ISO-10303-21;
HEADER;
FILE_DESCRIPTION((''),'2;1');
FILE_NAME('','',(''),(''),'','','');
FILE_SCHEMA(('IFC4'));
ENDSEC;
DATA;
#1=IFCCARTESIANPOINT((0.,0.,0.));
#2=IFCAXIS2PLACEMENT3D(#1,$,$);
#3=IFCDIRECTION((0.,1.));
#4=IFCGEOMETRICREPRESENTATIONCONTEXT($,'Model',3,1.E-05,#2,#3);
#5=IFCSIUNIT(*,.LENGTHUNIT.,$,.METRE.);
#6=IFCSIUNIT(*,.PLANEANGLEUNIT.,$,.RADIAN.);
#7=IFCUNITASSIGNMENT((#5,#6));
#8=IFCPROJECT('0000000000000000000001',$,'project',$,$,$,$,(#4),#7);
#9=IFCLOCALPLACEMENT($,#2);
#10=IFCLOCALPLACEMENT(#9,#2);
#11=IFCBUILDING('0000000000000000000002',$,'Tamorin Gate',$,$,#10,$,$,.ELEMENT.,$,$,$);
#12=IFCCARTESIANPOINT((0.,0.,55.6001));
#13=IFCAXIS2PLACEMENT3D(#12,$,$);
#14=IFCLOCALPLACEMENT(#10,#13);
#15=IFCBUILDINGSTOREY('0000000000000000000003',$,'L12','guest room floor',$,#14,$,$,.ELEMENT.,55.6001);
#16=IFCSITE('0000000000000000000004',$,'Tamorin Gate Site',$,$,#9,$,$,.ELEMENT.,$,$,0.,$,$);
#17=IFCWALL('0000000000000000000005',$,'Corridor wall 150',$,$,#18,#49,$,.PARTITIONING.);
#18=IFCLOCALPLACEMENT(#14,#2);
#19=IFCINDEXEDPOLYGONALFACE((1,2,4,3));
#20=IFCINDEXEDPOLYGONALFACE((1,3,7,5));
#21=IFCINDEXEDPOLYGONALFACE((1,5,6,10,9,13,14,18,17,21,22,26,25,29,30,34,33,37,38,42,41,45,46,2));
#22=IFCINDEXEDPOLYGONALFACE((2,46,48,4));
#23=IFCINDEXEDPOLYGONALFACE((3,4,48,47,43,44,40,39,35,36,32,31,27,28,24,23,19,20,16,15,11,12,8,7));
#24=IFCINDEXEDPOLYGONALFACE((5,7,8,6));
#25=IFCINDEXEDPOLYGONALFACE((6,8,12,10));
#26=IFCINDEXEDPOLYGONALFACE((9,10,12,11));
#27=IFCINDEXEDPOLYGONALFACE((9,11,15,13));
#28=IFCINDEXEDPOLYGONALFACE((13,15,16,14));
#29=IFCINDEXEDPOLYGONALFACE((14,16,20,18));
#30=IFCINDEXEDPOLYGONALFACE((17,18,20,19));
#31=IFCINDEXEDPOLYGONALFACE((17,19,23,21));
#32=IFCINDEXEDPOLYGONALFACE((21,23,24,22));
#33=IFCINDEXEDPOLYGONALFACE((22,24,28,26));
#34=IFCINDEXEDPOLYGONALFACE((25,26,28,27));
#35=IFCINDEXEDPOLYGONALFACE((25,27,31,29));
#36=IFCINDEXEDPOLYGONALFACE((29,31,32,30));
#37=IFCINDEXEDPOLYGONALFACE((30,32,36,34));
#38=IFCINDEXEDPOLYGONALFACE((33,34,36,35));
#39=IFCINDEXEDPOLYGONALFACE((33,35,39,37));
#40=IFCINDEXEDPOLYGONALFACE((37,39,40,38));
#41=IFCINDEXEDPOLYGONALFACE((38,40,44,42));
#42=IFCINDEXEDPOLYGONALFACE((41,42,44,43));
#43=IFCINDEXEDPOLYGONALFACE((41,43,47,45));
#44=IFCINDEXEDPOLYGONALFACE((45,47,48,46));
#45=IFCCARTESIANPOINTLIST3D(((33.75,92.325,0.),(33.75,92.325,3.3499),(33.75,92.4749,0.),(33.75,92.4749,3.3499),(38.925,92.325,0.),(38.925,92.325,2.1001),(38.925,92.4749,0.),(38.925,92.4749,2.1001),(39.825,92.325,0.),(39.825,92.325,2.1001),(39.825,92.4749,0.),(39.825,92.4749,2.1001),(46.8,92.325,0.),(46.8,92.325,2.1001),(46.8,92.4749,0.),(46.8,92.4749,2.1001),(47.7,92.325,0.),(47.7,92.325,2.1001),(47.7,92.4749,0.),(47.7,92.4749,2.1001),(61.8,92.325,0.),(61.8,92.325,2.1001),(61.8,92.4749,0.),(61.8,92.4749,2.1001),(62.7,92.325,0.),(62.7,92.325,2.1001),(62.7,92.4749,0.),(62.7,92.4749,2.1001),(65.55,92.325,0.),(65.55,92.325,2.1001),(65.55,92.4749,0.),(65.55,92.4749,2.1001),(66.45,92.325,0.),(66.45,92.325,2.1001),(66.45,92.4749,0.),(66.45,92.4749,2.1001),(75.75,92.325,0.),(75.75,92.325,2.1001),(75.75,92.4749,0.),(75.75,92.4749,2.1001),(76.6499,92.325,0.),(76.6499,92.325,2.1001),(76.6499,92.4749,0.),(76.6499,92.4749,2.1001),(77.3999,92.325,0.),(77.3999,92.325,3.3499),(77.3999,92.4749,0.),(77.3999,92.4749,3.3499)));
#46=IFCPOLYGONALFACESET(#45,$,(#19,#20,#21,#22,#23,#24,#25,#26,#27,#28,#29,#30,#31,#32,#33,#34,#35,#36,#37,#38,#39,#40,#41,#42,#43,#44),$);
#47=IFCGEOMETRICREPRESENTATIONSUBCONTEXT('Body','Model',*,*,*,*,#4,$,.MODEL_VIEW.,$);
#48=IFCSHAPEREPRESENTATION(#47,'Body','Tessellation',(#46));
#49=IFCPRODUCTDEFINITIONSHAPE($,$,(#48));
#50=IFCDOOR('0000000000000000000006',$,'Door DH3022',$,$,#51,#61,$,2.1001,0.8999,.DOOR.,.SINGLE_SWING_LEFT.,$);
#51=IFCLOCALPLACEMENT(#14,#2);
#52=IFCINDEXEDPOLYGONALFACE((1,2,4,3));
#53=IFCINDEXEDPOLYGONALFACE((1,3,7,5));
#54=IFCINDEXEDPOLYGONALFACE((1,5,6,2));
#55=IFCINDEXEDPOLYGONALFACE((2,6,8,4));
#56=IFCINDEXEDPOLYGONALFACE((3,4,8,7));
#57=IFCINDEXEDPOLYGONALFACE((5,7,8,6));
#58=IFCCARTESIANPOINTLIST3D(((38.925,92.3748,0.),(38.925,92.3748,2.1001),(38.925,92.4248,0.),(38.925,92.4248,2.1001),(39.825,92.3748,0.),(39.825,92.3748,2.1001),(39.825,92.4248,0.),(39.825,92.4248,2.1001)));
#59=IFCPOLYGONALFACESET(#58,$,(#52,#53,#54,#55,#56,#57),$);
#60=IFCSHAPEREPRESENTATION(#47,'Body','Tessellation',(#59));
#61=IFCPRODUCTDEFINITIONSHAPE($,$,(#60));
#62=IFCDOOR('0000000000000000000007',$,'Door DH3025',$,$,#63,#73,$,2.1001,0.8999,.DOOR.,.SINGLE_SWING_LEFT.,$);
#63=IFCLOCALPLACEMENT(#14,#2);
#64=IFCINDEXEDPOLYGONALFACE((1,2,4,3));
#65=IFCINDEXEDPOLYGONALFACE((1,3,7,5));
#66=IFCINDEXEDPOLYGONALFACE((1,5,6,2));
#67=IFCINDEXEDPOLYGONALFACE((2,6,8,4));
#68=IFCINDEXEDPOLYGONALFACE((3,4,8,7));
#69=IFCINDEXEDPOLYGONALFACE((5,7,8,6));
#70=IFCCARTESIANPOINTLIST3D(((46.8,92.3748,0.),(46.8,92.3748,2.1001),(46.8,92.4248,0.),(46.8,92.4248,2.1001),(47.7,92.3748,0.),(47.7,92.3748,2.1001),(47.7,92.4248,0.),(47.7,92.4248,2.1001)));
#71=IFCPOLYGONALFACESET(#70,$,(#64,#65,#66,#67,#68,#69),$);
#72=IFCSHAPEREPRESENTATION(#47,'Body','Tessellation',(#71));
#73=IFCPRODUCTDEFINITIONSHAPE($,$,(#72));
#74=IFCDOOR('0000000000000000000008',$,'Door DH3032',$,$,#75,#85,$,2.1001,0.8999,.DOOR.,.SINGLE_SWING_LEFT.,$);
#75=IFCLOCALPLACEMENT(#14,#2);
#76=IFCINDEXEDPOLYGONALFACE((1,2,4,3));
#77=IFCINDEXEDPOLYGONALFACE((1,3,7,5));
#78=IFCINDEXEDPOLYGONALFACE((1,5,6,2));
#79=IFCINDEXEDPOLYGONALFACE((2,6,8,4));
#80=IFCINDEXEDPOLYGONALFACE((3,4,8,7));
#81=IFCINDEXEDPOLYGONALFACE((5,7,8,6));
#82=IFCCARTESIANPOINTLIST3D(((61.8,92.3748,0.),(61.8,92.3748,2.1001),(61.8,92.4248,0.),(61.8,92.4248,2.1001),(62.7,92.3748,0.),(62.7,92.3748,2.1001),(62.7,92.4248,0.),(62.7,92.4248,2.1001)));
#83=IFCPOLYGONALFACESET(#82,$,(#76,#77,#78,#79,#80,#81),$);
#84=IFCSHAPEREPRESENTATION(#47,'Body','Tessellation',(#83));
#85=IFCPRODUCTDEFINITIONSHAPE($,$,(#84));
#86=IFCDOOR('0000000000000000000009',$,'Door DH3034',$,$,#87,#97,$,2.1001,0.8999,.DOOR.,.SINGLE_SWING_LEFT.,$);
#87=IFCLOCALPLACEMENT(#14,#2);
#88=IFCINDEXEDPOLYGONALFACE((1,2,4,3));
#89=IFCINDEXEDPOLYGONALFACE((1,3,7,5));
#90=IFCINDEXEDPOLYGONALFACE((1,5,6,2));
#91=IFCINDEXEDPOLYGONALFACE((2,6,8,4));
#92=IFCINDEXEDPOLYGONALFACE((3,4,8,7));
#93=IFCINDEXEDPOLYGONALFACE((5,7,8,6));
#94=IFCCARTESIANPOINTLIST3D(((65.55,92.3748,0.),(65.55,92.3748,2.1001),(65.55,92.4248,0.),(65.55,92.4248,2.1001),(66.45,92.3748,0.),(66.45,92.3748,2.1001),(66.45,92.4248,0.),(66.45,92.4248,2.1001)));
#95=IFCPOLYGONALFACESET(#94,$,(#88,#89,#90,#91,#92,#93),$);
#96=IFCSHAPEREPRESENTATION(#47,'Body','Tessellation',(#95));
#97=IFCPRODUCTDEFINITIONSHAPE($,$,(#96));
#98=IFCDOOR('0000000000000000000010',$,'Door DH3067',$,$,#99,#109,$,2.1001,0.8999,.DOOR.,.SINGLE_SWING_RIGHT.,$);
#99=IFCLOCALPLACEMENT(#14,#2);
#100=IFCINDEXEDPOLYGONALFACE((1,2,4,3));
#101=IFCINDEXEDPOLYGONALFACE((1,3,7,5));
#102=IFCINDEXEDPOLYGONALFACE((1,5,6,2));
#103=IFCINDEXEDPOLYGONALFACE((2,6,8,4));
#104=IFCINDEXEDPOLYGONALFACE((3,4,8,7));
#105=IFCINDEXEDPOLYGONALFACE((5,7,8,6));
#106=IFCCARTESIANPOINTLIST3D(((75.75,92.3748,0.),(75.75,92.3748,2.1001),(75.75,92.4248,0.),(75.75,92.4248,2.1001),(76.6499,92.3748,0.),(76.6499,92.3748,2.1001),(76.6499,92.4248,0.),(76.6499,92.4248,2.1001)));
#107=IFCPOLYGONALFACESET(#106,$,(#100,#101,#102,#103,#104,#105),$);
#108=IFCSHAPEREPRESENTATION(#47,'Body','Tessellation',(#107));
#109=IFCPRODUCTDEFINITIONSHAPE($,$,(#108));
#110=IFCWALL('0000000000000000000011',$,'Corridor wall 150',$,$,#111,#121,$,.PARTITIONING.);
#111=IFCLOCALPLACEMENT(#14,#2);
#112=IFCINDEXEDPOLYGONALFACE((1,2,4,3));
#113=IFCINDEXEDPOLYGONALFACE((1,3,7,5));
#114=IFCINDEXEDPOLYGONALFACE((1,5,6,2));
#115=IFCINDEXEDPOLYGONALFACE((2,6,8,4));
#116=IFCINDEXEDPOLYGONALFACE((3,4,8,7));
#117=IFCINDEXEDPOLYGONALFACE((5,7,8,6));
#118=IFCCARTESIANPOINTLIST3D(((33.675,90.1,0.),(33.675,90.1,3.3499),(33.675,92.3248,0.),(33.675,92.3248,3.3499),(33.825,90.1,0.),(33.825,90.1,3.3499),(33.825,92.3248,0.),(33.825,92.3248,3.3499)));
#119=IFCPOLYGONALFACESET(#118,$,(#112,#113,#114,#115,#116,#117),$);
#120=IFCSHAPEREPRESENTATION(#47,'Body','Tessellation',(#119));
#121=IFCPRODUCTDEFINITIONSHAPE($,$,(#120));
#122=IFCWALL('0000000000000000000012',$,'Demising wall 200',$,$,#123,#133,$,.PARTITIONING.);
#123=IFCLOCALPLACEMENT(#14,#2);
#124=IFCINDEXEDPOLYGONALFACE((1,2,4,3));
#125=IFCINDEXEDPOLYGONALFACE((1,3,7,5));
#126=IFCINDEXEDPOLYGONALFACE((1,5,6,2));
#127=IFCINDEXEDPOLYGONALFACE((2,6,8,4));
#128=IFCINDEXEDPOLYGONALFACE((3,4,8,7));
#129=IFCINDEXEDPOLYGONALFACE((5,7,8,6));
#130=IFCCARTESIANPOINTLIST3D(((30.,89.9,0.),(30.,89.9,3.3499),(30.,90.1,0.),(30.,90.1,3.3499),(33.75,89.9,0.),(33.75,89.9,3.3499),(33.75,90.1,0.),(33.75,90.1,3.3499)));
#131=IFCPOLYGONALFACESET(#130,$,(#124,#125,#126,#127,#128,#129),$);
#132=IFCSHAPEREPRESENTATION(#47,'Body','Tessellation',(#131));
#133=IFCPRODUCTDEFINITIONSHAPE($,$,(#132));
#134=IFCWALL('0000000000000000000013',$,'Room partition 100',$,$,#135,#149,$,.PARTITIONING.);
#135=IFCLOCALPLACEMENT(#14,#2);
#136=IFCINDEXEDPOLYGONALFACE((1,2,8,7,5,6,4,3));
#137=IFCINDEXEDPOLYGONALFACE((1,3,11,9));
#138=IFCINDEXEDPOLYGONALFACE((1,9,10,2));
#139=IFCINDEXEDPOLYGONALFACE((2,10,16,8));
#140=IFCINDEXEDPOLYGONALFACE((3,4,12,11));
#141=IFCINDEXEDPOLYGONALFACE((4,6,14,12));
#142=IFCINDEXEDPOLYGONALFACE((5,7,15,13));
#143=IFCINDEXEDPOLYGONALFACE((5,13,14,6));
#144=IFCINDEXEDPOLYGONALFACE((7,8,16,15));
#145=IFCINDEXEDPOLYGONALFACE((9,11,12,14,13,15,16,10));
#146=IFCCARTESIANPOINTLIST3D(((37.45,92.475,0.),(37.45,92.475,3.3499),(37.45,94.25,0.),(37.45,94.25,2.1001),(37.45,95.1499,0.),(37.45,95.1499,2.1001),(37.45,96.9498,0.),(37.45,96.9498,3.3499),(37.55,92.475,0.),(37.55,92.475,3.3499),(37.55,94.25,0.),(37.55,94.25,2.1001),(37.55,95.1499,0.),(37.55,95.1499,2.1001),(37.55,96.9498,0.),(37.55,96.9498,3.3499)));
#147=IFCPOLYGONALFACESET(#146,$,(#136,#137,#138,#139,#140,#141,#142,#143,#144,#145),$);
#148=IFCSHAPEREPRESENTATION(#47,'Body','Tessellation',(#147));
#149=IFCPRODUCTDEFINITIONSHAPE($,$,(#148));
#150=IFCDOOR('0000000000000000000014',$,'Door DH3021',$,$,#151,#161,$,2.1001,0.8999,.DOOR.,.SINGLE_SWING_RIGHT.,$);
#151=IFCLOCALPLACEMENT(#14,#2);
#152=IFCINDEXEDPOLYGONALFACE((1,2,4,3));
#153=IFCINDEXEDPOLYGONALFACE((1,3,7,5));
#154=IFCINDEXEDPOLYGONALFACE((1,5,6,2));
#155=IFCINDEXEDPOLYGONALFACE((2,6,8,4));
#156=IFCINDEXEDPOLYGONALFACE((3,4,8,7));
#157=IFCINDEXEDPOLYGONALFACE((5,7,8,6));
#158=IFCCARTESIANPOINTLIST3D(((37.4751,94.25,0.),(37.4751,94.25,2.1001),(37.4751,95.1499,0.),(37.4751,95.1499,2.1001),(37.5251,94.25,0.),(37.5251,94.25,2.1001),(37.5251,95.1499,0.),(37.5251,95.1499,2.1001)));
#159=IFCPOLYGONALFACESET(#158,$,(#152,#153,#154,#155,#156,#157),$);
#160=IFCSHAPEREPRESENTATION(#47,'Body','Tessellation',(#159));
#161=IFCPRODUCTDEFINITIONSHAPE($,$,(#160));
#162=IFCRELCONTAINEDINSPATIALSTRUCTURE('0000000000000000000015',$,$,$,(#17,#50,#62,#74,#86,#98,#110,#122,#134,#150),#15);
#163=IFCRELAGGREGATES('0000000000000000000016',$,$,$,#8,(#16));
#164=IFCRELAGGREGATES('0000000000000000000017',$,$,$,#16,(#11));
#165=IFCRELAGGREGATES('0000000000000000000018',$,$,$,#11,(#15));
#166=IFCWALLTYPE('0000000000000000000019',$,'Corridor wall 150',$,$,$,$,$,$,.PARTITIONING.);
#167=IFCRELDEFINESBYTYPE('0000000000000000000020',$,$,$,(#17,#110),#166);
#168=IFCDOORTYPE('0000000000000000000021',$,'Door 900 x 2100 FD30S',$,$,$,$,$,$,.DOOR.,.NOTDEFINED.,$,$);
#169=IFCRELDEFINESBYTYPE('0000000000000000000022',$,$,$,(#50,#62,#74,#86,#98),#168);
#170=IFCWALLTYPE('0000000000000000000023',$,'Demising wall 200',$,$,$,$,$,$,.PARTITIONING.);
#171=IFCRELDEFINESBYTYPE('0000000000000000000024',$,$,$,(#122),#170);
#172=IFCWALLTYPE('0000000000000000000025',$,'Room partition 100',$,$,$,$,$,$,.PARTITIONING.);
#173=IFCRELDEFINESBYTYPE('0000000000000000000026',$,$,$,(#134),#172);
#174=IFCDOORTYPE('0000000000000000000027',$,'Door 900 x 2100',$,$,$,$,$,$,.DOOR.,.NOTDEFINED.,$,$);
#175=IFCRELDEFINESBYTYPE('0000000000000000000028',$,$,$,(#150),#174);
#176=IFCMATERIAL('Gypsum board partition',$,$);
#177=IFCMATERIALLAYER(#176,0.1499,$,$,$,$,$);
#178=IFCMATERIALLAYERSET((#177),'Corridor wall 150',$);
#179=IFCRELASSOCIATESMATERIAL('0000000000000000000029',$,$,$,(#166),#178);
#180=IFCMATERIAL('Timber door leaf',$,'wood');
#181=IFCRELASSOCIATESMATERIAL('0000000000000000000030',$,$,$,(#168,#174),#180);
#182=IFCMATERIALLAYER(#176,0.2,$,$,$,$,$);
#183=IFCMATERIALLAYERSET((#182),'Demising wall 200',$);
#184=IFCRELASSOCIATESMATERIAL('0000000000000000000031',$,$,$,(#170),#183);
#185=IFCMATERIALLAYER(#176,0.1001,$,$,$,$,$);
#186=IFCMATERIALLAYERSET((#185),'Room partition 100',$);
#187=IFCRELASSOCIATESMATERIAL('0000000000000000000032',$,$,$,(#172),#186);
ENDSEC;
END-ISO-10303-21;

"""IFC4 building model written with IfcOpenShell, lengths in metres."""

from ifc_helpers import new_model, si_unit, direction, frame, frame_2d, origin, place, context, subcontext, project, spatial, rectangle, extrude, material, layer, layer_set, type_object, element, fill, save


model = new_model("IFC4")

# Units and contexts
model_context = context("Model", 3, precision=1e-05, world=origin(), true_north=direction((0.0, 1.0)))
body_context = subcontext(model_context, "Body", "Model", "MODEL_VIEW")
ifc_project = project(units=[si_unit("LENGTHUNIT", "METRE"), si_unit("PLANEANGLEUNIT", "RADIAN")], contexts=[model_context])

# Site, building, storey
site_placement = place(None, origin())
site = spatial("IfcSite", under=ifc_project, at=site_placement, Name="Tamorin Gate Site", CompositionType="ELEMENT", RefElevation=0.0)
building_placement = place(site_placement, origin())
building = spatial("IfcBuilding", under=site, at=building_placement, Name="Tamorin Gate", CompositionType="ELEMENT")
storey_placement = place(building_placement, frame((0.0, 0.0, 55.6001)))
storey = spatial("IfcBuildingStorey", under=building, at=storey_placement, Name="L12", Description="guest room floor", CompositionType="ELEMENT", Elevation=55.6001)

# Wall, openings, doors
ifc_material_1 = material(Name="Gypsum board partition")
ifc_layer_1 = layer(ifc_material_1, 0.1499)
ifc_layer_set_1 = layer_set([ifc_layer_1], Name="Corridor wall 150")
wall_type_1 = type_object("IfcWallType", Name="Corridor wall 150", PredefinedType="PARTITIONING", material=ifc_layer_set_1)
ifc_material_2 = material(Name="Timber door leaf", Category="wood")
door_type_1 = type_object("IfcDoorType", Name="Door 900 x 2100 FD30S", OperationType="NOTDEFINED", PredefinedType="DOOR", material=ifc_material_2)
wall_1_placement = place(storey_placement, frame((33.75, 92.3999, 0.0), z_axis=(0.0, 0.0, 1.0), x_axis=(1.0, 0.0, 0.0)))
wall_1 = element("IfcWall", 1, at=wall_1_placement, inside=storey, type_object=wall_type_1, Name="Corridor wall 150", PredefinedType="PARTITIONING", context=body_context, shape_type="SweptSolid", body=[
    extrude(rectangle(XDim=43.6499, YDim=0.1499, at=frame_2d((21.825, 0.0))), origin(), (0.0, 0.0, 1.0), 3.3499),
])
opening_1_placement = place(wall_1_placement, frame((5.175, 0.0, 0.0)))
opening_1 = element("IfcOpeningElement", 2, at=opening_1_placement, cuts=wall_1, PredefinedType="OPENING", context=body_context, shape_type="SweptSolid", body=[
    extrude(rectangle(XDim=0.8999, YDim=2.1001, at=frame_2d((0.45, 1.05))), frame((0.0, 0.085, 0.0), z_axis=(0.0, -1.0, 0.0), x_axis=(1.0, 0.0, 0.0)), (0.0, 0.0, 1.0), 0.1699),
])
opening_2_placement = place(wall_1_placement, frame((13.05, 0.0, 0.0)))
opening_2 = element("IfcOpeningElement", 3, at=opening_2_placement, cuts=wall_1, PredefinedType="OPENING", context=body_context, shape_type="SweptSolid", body=[
    extrude(rectangle(XDim=0.8999, YDim=2.1001, at=frame_2d((0.45, 1.05))), frame((0.0, 0.085, 0.0), z_axis=(0.0, -1.0, 0.0), x_axis=(1.0, 0.0, 0.0)), (0.0, 0.0, 1.0), 0.1699),
])
opening_3_placement = place(wall_1_placement, frame((28.05, 0.0, 0.0)))
opening_3 = element("IfcOpeningElement", 4, at=opening_3_placement, cuts=wall_1, PredefinedType="OPENING", context=body_context, shape_type="SweptSolid", body=[
    extrude(rectangle(XDim=0.8999, YDim=2.1001, at=frame_2d((0.45, 1.05))), frame((0.0, 0.085, 0.0), z_axis=(0.0, -1.0, 0.0), x_axis=(1.0, 0.0, 0.0)), (0.0, 0.0, 1.0), 0.1699),
])
opening_4_placement = place(wall_1_placement, frame((31.8, 0.0, 0.0)))
opening_4 = element("IfcOpeningElement", 5, at=opening_4_placement, cuts=wall_1, PredefinedType="OPENING", context=body_context, shape_type="SweptSolid", body=[
    extrude(rectangle(XDim=0.8999, YDim=2.1001, at=frame_2d((0.45, 1.05))), frame((0.0, 0.085, 0.0), z_axis=(0.0, -1.0, 0.0), x_axis=(1.0, 0.0, 0.0)), (0.0, 0.0, 1.0), 0.1699),
])
opening_5_placement = place(wall_1_placement, frame((42.0, 0.0, 0.0)))
opening_5 = element("IfcOpeningElement", 6, at=opening_5_placement, cuts=wall_1, PredefinedType="OPENING", context=body_context, shape_type="SweptSolid", body=[
    extrude(rectangle(XDim=0.8999, YDim=2.1001, at=frame_2d((0.45, 1.05))), frame((0.0, 0.085, 0.0), z_axis=(0.0, -1.0, 0.0), x_axis=(1.0, 0.0, 0.0)), (0.0, 0.0, 1.0), 0.1699),
])
door_1_placement = place(opening_1_placement, origin())
door_1 = element("IfcDoor", 7, at=door_1_placement, inside=storey, type_object=door_type_1, Name="Door DH3022", OperationType="SINGLE_SWING_LEFT", OverallHeight=2.1001, OverallWidth=0.8999, PredefinedType="DOOR", context=body_context, shape_type="SweptSolid", body=[
    extrude(rectangle(XDim=0.8999, YDim=2.1001, at=frame_2d((0.45, 1.05))), frame((0.0, 0.0249, 0.0), z_axis=(0.0, -1.0, 0.0), x_axis=(1.0, 0.0, 0.0)), (0.0, 0.0, 1.0), 0.05),
])
fill(opening_1, door_1)
door_2_placement = place(opening_2_placement, origin())
door_2 = element("IfcDoor", 8, at=door_2_placement, inside=storey, type_object=door_type_1, Name="Door DH3025", OperationType="SINGLE_SWING_LEFT", OverallHeight=2.1001, OverallWidth=0.8999, PredefinedType="DOOR", context=body_context, shape_type="SweptSolid", body=[
    extrude(rectangle(XDim=0.8999, YDim=2.1001, at=frame_2d((0.45, 1.05))), frame((0.0, 0.0249, 0.0), z_axis=(0.0, -1.0, 0.0), x_axis=(1.0, 0.0, 0.0)), (0.0, 0.0, 1.0), 0.05),
])
fill(opening_2, door_2)
door_3_placement = place(opening_3_placement, origin())
door_3 = element("IfcDoor", 9, at=door_3_placement, inside=storey, type_object=door_type_1, Name="Door DH3032", OperationType="SINGLE_SWING_LEFT", OverallHeight=2.1001, OverallWidth=0.8999, PredefinedType="DOOR", context=body_context, shape_type="SweptSolid", body=[
    extrude(rectangle(XDim=0.8999, YDim=2.1001, at=frame_2d((0.45, 1.05))), frame((0.0, 0.0249, 0.0), z_axis=(0.0, -1.0, 0.0), x_axis=(1.0, 0.0, 0.0)), (0.0, 0.0, 1.0), 0.05),
])
fill(opening_3, door_3)
door_4_placement = place(opening_4_placement, origin())
door_4 = element("IfcDoor", 10, at=door_4_placement, inside=storey, type_object=door_type_1, Name="Door DH3034", OperationType="SINGLE_SWING_LEFT", OverallHeight=2.1001, OverallWidth=0.8999, PredefinedType="DOOR", context=body_context, shape_type="SweptSolid", body=[
    extrude(rectangle(XDim=0.8999, YDim=2.1001, at=frame_2d((0.45, 1.05))), frame((0.0, 0.0249, 0.0), z_axis=(0.0, -1.0, 0.0), x_axis=(1.0, 0.0, 0.0)), (0.0, 0.0, 1.0), 0.05),
])
fill(opening_4, door_4)
door_5_placement = place(opening_5_placement, origin())
door_5 = element("IfcDoor", 11, at=door_5_placement, inside=storey, type_object=door_type_1, Name="Door DH3067", OperationType="SINGLE_SWING_RIGHT", OverallHeight=2.1001, OverallWidth=0.8999, PredefinedType="DOOR", context=body_context, shape_type="SweptSolid", body=[
    extrude(rectangle(XDim=0.8999, YDim=2.1001, at=frame_2d((0.45, 1.05))), frame((0.0, 0.0249, 0.0), z_axis=(0.0, -1.0, 0.0), x_axis=(1.0, 0.0, 0.0)), (0.0, 0.0, 1.0), 0.05),
])
fill(opening_5, door_5)

# Walls
wall_2_placement = place(storey_placement, frame((33.75, 90.1001, 0.0), z_axis=(0.0, 0.0, 1.0), x_axis=(0.0, 1.0, 0.0)))
element("IfcWall", 12, at=wall_2_placement, inside=storey, type_object=wall_type_1, Name="Corridor wall 150", PredefinedType="PARTITIONING", context=body_context, shape_type="SweptSolid", body=[
    extrude(rectangle(XDim=2.2249, YDim=0.1499, at=frame_2d((1.1123, 0.0))), origin(), (0.0, 0.0, 1.0), 3.3499),
])
ifc_layer_2 = layer(ifc_material_1, 0.2)
ifc_layer_set_2 = layer_set([ifc_layer_2], Name="Demising wall 200")
wall_type_2 = type_object("IfcWallType", Name="Demising wall 200", PredefinedType="PARTITIONING", material=ifc_layer_set_2)
wall_3_placement = place(storey_placement, frame((30.0, 90.0, 0.0), z_axis=(0.0, 0.0, 1.0), x_axis=(1.0, 0.0, 0.0)))
element("IfcWall", 13, at=wall_3_placement, inside=storey, type_object=wall_type_2, Name="Demising wall 200", PredefinedType="PARTITIONING", context=body_context, shape_type="SweptSolid", body=[
    extrude(rectangle(XDim=3.75, YDim=0.2, at=frame_2d((1.875, 0.0))), origin(), (0.0, 0.0, 1.0), 3.3499),
])

# Wall, opening, door
ifc_layer_3 = layer(ifc_material_1, 0.1001)
ifc_layer_set_3 = layer_set([ifc_layer_3], Name="Room partition 100")
wall_type_3 = type_object("IfcWallType", Name="Room partition 100", PredefinedType="PARTITIONING", material=ifc_layer_set_3)
wall_4_placement = place(storey_placement, frame((37.5, 92.4751, 0.0), z_axis=(0.0, 0.0, 1.0), x_axis=(0.0, 1.0, 0.0)))
wall_4 = element("IfcWall", 14, at=wall_4_placement, inside=storey, type_object=wall_type_3, Name="Room partition 100", PredefinedType="PARTITIONING", context=body_context, shape_type="SweptSolid", body=[
    extrude(rectangle(XDim=4.4749, YDim=0.1001, at=frame_2d((2.2373, 0.0))), origin(), (0.0, 0.0, 1.0), 3.3499),
])
opening_6_placement = place(wall_4_placement, frame((1.7749, 0.0, 0.0)))
opening_6 = element("IfcOpeningElement", 15, at=opening_6_placement, cuts=wall_4, PredefinedType="OPENING", context=body_context, shape_type="SweptSolid", body=[
    extrude(rectangle(XDim=0.8999, YDim=2.1001, at=frame_2d((0.45, 1.05))), frame((0.0, 0.0601, 0.0), z_axis=(0.0, -1.0, 0.0), x_axis=(1.0, 0.0, 0.0)), (0.0, 0.0, 1.0), 0.1201),
])
door_type_2 = type_object("IfcDoorType", Name="Door 900 x 2100", OperationType="NOTDEFINED", PredefinedType="DOOR", material=ifc_material_2)
door_6_placement = place(opening_6_placement, origin())
door_6 = element("IfcDoor", 16, at=door_6_placement, inside=storey, type_object=door_type_2, Name="Door DH3021", OperationType="SINGLE_SWING_RIGHT", OverallHeight=2.1001, OverallWidth=0.8999, PredefinedType="DOOR", context=body_context, shape_type="SweptSolid", body=[
    extrude(rectangle(XDim=0.8999, YDim=2.1001, at=frame_2d((0.45, 1.05))), frame((0.0, 0.0249, 0.0), z_axis=(0.0, -1.0, 0.0), x_axis=(1.0, 0.0, 0.0)), (0.0, 0.0, 1.0), 0.05),
])
fill(opening_6, door_6)

save(model, "model.ifc")
